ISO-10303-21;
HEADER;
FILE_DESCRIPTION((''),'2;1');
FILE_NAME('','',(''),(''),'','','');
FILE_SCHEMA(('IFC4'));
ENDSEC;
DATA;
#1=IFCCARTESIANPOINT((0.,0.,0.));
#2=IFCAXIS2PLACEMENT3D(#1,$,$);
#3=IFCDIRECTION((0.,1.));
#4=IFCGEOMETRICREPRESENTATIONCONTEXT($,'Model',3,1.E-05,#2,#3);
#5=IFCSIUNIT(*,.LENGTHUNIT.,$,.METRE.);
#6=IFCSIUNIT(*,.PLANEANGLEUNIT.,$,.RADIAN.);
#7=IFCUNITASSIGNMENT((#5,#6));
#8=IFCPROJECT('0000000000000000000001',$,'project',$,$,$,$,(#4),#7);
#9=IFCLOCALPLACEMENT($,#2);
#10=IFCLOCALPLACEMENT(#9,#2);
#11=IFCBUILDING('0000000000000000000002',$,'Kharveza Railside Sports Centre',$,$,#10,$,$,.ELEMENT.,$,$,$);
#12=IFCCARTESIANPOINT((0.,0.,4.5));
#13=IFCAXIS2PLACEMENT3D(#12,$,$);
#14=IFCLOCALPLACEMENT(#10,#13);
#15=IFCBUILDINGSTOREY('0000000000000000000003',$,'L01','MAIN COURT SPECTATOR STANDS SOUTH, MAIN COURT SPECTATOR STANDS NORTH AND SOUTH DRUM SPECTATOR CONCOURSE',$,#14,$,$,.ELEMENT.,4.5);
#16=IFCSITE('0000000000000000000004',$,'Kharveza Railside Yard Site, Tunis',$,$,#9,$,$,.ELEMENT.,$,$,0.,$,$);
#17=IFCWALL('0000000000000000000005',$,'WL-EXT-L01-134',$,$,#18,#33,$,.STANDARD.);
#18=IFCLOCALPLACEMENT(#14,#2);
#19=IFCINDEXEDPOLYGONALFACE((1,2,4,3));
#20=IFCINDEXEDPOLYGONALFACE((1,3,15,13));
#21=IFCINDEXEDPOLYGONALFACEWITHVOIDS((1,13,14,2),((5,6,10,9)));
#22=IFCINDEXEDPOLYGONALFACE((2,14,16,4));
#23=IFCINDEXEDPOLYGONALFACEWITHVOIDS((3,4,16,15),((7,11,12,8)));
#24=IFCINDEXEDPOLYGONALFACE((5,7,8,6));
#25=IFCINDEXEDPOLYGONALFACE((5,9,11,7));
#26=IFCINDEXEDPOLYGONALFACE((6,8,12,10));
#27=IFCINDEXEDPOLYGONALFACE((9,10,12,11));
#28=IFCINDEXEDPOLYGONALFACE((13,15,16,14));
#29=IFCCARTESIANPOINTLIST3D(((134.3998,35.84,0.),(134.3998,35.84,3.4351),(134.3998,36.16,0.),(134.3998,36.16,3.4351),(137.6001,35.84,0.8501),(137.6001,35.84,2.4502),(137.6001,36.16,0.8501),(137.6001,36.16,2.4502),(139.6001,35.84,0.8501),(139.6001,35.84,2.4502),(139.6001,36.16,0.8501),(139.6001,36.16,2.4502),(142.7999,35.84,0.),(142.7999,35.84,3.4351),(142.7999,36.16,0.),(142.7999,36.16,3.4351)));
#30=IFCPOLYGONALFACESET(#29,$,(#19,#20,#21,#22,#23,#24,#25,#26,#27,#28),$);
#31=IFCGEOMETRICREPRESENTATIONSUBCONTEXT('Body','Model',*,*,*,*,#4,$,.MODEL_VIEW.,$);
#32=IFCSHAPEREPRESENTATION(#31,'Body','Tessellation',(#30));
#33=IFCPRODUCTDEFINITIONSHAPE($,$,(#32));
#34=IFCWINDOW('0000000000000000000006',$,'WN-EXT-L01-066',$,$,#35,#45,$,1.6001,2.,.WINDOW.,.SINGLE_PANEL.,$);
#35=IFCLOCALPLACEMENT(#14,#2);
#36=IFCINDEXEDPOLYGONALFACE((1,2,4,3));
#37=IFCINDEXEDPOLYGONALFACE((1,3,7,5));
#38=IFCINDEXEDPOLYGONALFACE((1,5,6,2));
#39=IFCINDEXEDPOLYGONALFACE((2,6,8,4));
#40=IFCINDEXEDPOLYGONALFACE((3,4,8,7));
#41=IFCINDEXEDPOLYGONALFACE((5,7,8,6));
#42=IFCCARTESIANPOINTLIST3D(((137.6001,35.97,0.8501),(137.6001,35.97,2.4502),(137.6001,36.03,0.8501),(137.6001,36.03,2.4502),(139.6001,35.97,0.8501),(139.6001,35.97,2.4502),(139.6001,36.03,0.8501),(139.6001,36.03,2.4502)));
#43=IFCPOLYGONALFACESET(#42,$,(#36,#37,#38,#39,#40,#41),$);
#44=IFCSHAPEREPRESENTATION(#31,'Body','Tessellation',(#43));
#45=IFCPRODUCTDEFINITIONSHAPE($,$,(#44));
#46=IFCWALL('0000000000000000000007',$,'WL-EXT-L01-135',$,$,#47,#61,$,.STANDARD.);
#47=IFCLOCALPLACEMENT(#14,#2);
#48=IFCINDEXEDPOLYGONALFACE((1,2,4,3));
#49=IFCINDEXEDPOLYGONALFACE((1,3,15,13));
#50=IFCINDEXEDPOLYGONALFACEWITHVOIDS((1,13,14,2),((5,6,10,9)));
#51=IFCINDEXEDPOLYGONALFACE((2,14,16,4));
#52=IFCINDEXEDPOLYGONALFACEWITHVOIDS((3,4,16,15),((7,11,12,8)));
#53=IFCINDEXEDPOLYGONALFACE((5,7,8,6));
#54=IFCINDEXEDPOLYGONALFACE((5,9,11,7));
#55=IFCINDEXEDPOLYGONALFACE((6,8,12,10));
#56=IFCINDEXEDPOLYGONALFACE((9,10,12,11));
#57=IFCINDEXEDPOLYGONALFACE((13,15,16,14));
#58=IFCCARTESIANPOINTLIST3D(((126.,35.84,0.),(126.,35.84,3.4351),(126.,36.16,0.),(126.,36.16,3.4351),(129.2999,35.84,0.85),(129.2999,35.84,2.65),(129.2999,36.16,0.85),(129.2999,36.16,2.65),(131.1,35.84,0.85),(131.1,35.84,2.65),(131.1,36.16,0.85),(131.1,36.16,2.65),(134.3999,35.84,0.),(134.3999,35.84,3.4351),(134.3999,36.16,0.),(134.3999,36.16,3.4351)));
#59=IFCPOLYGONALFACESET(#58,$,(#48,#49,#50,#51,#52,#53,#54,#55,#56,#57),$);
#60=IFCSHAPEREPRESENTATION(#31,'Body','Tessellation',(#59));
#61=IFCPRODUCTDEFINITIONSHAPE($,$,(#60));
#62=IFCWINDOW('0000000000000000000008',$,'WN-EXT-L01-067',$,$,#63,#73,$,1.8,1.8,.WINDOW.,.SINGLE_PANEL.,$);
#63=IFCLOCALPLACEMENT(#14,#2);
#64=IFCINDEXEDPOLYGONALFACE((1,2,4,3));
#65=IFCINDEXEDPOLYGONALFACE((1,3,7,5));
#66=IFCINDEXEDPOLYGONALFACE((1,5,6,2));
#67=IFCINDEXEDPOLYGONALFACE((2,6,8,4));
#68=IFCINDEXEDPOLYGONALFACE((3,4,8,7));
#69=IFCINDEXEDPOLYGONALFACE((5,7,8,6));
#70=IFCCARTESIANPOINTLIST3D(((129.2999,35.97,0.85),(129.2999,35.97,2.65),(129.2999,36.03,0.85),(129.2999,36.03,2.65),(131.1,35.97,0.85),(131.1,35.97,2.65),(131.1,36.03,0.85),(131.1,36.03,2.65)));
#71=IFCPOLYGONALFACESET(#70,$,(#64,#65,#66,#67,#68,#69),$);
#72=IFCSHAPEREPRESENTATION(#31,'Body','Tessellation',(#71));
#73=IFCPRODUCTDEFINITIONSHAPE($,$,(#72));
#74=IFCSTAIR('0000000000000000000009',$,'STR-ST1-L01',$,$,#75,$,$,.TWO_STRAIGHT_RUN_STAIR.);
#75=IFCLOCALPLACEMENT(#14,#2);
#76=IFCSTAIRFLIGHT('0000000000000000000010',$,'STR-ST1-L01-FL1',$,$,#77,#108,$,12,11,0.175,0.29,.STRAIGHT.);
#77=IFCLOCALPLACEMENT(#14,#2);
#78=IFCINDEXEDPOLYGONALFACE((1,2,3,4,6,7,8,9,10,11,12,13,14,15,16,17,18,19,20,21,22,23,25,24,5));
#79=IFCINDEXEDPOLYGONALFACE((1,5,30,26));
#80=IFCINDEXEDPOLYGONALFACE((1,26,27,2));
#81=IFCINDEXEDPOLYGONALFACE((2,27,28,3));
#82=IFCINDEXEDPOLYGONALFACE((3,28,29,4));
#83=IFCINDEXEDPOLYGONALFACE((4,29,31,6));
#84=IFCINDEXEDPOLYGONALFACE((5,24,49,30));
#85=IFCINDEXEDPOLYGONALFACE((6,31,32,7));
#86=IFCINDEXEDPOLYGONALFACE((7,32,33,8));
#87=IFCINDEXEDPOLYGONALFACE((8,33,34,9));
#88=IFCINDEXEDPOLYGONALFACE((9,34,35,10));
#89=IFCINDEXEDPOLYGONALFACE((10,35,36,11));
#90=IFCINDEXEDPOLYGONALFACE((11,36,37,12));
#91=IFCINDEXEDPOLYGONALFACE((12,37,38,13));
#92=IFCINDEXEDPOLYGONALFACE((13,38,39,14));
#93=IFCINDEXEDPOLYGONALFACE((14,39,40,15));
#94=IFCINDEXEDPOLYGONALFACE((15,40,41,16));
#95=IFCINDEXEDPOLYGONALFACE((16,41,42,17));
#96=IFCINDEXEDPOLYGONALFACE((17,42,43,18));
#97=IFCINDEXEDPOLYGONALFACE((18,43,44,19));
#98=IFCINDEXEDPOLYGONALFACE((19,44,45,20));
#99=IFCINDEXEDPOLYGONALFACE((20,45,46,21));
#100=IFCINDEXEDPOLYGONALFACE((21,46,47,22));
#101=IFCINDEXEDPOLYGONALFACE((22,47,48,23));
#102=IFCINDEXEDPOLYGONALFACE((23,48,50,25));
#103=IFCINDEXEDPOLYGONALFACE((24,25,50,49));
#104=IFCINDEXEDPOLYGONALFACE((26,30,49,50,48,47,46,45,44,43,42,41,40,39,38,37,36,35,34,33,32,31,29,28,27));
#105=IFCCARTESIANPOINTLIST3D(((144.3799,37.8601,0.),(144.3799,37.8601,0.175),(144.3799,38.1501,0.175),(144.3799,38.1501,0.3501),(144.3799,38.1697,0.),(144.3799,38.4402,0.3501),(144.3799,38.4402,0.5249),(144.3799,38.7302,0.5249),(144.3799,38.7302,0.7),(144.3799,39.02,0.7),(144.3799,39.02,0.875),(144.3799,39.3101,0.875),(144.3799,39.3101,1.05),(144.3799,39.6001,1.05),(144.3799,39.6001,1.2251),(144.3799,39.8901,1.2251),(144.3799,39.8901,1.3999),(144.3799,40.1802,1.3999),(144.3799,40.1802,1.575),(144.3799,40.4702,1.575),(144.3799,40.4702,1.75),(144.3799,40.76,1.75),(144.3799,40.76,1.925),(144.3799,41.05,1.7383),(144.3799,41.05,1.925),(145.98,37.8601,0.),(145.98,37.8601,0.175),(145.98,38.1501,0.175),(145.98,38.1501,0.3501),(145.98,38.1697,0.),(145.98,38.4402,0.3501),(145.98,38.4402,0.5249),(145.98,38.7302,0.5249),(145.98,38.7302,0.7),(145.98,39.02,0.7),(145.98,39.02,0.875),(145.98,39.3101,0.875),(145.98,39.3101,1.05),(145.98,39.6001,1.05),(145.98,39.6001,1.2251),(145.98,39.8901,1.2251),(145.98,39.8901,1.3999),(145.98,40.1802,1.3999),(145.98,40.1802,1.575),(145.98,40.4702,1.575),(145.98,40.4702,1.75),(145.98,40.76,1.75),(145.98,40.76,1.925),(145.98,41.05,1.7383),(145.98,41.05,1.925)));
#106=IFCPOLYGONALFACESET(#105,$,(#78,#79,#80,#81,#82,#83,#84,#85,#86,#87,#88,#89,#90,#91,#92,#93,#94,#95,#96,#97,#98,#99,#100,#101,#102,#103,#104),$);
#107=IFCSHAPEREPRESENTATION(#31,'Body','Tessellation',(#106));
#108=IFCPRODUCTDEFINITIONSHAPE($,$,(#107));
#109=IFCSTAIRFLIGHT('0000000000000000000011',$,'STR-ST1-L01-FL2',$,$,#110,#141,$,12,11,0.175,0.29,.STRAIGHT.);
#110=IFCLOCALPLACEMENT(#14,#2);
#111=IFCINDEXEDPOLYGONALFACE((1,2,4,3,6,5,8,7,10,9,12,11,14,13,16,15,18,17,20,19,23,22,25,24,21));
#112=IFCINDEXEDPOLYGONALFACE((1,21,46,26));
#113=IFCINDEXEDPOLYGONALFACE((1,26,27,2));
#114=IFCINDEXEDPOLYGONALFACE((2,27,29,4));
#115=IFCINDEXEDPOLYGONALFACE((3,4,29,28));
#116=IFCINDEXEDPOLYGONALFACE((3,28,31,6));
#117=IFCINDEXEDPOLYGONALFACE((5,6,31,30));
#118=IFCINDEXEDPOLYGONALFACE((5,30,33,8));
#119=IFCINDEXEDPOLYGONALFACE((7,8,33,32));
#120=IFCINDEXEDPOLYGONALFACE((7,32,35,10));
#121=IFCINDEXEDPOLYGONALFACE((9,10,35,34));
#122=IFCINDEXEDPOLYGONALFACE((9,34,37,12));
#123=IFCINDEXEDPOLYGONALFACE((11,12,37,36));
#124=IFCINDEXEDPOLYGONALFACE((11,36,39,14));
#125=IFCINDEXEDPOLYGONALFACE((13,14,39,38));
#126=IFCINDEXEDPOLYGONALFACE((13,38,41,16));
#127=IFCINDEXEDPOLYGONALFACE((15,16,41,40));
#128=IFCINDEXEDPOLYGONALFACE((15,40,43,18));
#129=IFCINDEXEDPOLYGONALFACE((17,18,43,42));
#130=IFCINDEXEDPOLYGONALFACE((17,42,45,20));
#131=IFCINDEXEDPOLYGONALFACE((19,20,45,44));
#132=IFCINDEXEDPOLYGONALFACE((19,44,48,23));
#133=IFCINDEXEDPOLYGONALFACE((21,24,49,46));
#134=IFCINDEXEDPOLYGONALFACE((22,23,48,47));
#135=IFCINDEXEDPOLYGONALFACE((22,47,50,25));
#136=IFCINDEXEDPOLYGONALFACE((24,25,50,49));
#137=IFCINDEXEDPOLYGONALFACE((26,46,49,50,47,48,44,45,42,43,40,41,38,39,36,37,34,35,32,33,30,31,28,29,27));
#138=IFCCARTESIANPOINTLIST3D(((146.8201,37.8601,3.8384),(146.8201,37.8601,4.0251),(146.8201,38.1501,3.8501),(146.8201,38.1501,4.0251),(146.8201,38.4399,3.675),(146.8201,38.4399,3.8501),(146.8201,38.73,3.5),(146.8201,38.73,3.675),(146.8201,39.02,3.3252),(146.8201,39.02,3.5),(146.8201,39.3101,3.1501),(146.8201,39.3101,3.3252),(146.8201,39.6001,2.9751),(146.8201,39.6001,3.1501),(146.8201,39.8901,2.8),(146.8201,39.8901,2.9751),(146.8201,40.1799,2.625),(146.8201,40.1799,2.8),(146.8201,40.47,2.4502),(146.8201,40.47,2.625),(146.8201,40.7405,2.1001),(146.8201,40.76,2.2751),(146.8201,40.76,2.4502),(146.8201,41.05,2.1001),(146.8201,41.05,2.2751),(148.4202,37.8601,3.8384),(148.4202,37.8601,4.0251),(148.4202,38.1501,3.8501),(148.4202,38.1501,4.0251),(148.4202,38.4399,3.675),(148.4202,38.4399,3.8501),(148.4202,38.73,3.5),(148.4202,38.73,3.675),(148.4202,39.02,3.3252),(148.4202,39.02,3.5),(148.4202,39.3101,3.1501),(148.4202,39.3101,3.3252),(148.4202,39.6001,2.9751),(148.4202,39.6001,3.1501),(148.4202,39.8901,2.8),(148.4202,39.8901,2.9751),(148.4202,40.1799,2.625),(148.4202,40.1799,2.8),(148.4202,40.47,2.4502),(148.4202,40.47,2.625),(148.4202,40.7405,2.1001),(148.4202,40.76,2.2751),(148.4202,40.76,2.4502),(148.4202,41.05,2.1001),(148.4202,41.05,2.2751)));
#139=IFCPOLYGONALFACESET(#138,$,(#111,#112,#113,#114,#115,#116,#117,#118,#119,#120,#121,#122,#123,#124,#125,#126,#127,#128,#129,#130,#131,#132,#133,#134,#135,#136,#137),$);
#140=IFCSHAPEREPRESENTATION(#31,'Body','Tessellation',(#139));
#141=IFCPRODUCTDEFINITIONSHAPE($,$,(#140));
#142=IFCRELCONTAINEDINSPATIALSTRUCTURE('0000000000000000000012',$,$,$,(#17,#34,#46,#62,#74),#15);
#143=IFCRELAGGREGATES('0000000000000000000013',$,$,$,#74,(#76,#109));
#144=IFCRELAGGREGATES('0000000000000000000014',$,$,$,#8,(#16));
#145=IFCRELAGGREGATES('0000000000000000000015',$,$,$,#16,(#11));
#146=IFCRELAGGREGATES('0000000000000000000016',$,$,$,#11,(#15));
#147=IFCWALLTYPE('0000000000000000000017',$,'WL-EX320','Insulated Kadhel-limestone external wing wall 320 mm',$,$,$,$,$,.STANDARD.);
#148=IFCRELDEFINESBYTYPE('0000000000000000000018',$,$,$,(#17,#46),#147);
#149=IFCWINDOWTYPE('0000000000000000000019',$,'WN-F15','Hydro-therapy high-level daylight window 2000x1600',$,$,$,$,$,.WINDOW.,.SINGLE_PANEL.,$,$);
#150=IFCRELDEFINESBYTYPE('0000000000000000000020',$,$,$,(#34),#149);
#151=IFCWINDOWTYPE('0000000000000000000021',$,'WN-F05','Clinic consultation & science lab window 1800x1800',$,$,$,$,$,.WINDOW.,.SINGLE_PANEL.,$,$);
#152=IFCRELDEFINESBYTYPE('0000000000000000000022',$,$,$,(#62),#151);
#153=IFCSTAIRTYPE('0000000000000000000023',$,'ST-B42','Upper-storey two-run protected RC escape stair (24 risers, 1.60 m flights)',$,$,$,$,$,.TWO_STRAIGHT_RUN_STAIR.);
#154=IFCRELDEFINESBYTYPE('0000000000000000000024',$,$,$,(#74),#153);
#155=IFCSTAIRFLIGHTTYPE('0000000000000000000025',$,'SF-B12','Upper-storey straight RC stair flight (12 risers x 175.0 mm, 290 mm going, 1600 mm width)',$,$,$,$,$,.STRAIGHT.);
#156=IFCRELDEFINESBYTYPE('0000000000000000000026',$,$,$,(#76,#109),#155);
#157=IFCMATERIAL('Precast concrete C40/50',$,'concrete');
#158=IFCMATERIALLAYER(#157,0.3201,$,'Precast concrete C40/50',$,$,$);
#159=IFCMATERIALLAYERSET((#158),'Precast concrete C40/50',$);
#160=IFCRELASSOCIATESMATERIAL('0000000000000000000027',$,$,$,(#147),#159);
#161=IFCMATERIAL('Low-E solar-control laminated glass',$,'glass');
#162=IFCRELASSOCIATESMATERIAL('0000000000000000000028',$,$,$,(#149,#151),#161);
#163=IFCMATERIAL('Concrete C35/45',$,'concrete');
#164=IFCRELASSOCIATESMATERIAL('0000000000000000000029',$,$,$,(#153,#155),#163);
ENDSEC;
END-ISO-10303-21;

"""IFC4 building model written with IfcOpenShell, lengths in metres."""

from ifc_helpers import new_model, si_unit, direction, frame, frame_2d, origin, place, context, subcontext, project, spatial, polyline, rectangle, outline, extrude, material, layer, layer_set, type_object, element, fill, aggregate, save


model = new_model("IFC4")

# Units and contexts
model_context = context("Model", 3, precision=1e-05, world=origin(), true_north=direction((0.0, 1.0)))
body_context = subcontext(model_context, "Body", "Model", "MODEL_VIEW")
ifc_project = project(units=[si_unit("LENGTHUNIT", "METRE"), si_unit("PLANEANGLEUNIT", "RADIAN")], contexts=[model_context])

# Site, building, storey
site_placement = place(None, origin())
site = spatial("IfcSite", under=ifc_project, at=site_placement, Name="Kharveza Railside Yard Site, Tunis", CompositionType="ELEMENT", RefElevation=0.0)
building_placement = place(site_placement, origin())
building = spatial("IfcBuilding", under=site, at=building_placement, Name="Kharveza Railside Sports Centre", CompositionType="ELEMENT")
storey_placement = place(building_placement, frame((0.0, 0.0, 4.5)))
storey = spatial("IfcBuildingStorey", under=building, at=storey_placement, Name="L01", Description="MAIN COURT SPECTATOR STANDS SOUTH, MAIN COURT SPECTATOR STANDS NORTH AND SOUTH DRUM SPECTATOR CONCOURSE", CompositionType="ELEMENT", Elevation=4.5)

# Shared definitions
ifc_material_1 = material(Name="Concrete C35/45", Category="concrete")

# Walls, openings, windows
ifc_material_2 = material(Name="Precast concrete C40/50", Category="concrete")
ifc_layer_1 = layer(ifc_material_2, 0.3201, Name="Precast concrete C40/50")
ifc_layer_set_1 = layer_set([ifc_layer_1], Name="Precast concrete C40/50")
wall_type_1 = type_object("IfcWallType", Name="WL-EX320", Description="Insulated Kadhel-limestone external wing wall 320 mm", PredefinedType="STANDARD", material=ifc_layer_set_1)
ifc_material_3 = material(Name="Low-E solar-control laminated glass", Category="glass")
wall_1_placement = place(storey_placement, frame((142.8, 36.0, 0.0), z_axis=(0.0, 0.0, 1.0), x_axis=(-1.0, 0.0, 0.0)))
wall_1 = element("IfcWall", 1, at=wall_1_placement, inside=storey, type_object=wall_type_1, Name="WL-EXT-L01-134", PredefinedType="STANDARD", context=body_context, shape_type="SweptSolid", body=[
    extrude(rectangle(XDim=8.4001, YDim=0.3201, at=frame_2d((4.2002, 0.0))), origin(), (0.0, 0.0, 1.0), 3.4351),
])
opening_1_placement = place(wall_1_placement, frame((3.2, 0.0, 0.8501)))
opening_1 = element("IfcOpeningElement", 2, at=opening_1_placement, cuts=wall_1, PredefinedType="OPENING", context=body_context, shape_type="SweptSolid", body=[
    extrude(rectangle(XDim=2.0, YDim=1.6001, at=frame_2d((1.0, 0.8))), frame((0.0, 0.1851, 0.0), z_axis=(0.0, -1.0, 0.0), x_axis=(1.0, 0.0, 0.0)), (0.0, 0.0, 1.0), 0.3699),
])
window_type_1 = type_object("IfcWindowType", Name="WN-F15", Description="Hydro-therapy high-level daylight window 2000x1600", PartitioningType="SINGLE_PANEL", PredefinedType="WINDOW", material=ifc_material_3)
window_1_placement = place(opening_1_placement, origin())
window_1 = element("IfcWindow", 3, at=window_1_placement, inside=storey, type_object=window_type_1, Name="WN-EXT-L01-066", OverallHeight=1.6001, OverallWidth=2.0, PartitioningType="SINGLE_PANEL", PredefinedType="WINDOW", context=body_context, shape_type="SweptSolid", body=[
    extrude(rectangle(XDim=2.0, YDim=1.6001, at=frame_2d((1.0, 0.8))), frame((0.0, 0.03, 0.0), z_axis=(0.0, -1.0, 0.0), x_axis=(1.0, 0.0, 0.0)), (0.0, 0.0, 1.0), 0.0601),
])
fill(opening_1, window_1)
wall_2_placement = place(storey_placement, frame((134.3999, 36.0, 0.0), z_axis=(0.0, 0.0, 1.0), x_axis=(-1.0, 0.0, 0.0)))
wall_2 = element("IfcWall", 4, at=wall_2_placement, inside=storey, type_object=wall_type_1, Name="WL-EXT-L01-135", PredefinedType="STANDARD", context=body_context, shape_type="SweptSolid", body=[
    extrude(rectangle(XDim=8.3999, YDim=0.3201, at=frame_2d((4.2, 0.0))), origin(), (0.0, 0.0, 1.0), 3.4351),
])
opening_2_placement = place(wall_2_placement, frame((3.3, 0.0, 0.8501)))
opening_2 = element("IfcOpeningElement", 5, at=opening_2_placement, cuts=wall_2, PredefinedType="OPENING", context=body_context, shape_type="SweptSolid", body=[
    extrude(rectangle(XDim=1.8, YDim=1.8, at=frame_2d((0.8999, 0.8999))), frame((0.0, 0.1851, 0.0), z_axis=(0.0, -1.0, 0.0), x_axis=(1.0, 0.0, 0.0)), (0.0, 0.0, 1.0), 0.3699),
])
window_type_2 = type_object("IfcWindowType", Name="WN-F05", Description="Clinic consultation & science lab window 1800x1800", PartitioningType="SINGLE_PANEL", PredefinedType="WINDOW", material=ifc_material_3)
window_2_placement = place(opening_2_placement, origin())
window_2 = element("IfcWindow", 6, at=window_2_placement, inside=storey, type_object=window_type_2, Name="WN-EXT-L01-067", OverallHeight=1.8, OverallWidth=1.8, PartitioningType="SINGLE_PANEL", PredefinedType="WINDOW", context=body_context, shape_type="SweptSolid", body=[
    extrude(rectangle(XDim=1.8, YDim=1.8, at=frame_2d((0.8999, 0.8999))), frame((0.0, 0.03, 0.0), z_axis=(0.0, -1.0, 0.0), x_axis=(1.0, 0.0, 0.0)), (0.0, 0.0, 1.0), 0.0601),
])
fill(opening_2, window_2)

# Stair, stair flights
stair_type = type_object("IfcStairType", Name="ST-B42", Description="Upper-storey two-run protected RC escape stair (24 risers, 1.60 m flights)", PredefinedType="TWO_STRAIGHT_RUN_STAIR", material=ifc_material_1)
stair_placement = place(storey_placement, origin())
stair = element("IfcStair", 7, at=stair_placement, inside=storey, type_object=stair_type, Name="STR-ST1-L01", PredefinedType="TWO_STRAIGHT_RUN_STAIR")
stair_flight_type = type_object("IfcStairFlightType", Name="SF-B12", Description="Upper-storey straight RC stair flight (12 risers x 175.0 mm, 290 mm going, 1600 mm width)", PredefinedType="STRAIGHT", material=ifc_material_1)
stair_flight_1_placement = place(storey_placement, frame((145.1799, 37.8601, 0.0), z_axis=(0.0, 0.0, 1.0), x_axis=(0.0, 1.0, 0.0)))
stair_flight_1 = element("IfcStairFlight", 8, at=stair_flight_1_placement, type_object=stair_flight_type, Name="STR-ST1-L01-FL1", NumberOfRisers=12, NumberOfTreads=11, PredefinedType="STRAIGHT", RiserHeight=0.175, TreadLength=0.29, context=body_context, shape_type="SweptSolid", body=[
    extrude(outline(polyline([(0.0, 0.0), (0.0, 0.175), (0.29, 0.175), (0.29, 0.3501), (0.5801, 0.3501), (0.5801, 0.5249), (0.8701, 0.5249), (0.8701, 0.7), (1.1599, 0.7), (1.1599, 0.875), (1.45, 0.875), (1.45, 1.05), (1.74, 1.05), (1.74, 1.2251), (2.03, 1.2251), (2.03, 1.3999), (2.3201, 1.3999), (2.3201, 1.575), (2.6101, 1.575), (2.6101, 1.75), (2.8999, 1.75), (2.8999, 1.925), (3.1899, 1.925), (3.1899, 2.1001), (3.1899, 1.7383), (0.3096, 0.0), (0.0, 0.0)])), frame((0.0, 0.8, 0.0), z_axis=(0.0, -1.0, 0.0), x_axis=(1.0, 0.0, 0.0)), (0.0, 0.0, 1.0), 1.6001),
])
stair_flight_2_placement = place(storey_placement, frame((147.6201, 41.05, 2.1001), z_axis=(0.0, 0.0, 1.0), x_axis=(0.0, -1.0, 0.0)))
stair_flight_2 = element("IfcStairFlight", 9, at=stair_flight_2_placement, type_object=stair_flight_type, Name="STR-ST1-L01-FL2", NumberOfRisers=12, NumberOfTreads=11, PredefinedType="STRAIGHT", RiserHeight=0.175, TreadLength=0.29, context=body_context, shape_type="SweptSolid", body=[
    extrude(outline(polyline([(0.0, 0.0), (0.0, 0.175), (0.29, 0.175), (0.29, 0.3501), (0.5801, 0.3501), (0.5801, 0.5249), (0.8701, 0.5249), (0.8701, 0.7), (1.1599, 0.7), (1.1599, 0.875), (1.45, 0.875), (1.45, 1.05), (1.74, 1.05), (1.74, 1.2251), (2.03, 1.2251), (2.03, 1.3999), (2.3201, 1.3999), (2.3201, 1.575), (2.6101, 1.575), (2.6101, 1.75), (2.8999, 1.75), (2.8999, 1.925), (3.1899, 1.925), (3.1899, 2.1001), (3.1899, 1.7383), (0.3096, 0.0), (0.0, 0.0)])), frame((0.0, 0.8, 0.0), z_axis=(0.0, -1.0, 0.0), x_axis=(1.0, 0.0, 0.0)), (0.0, 0.0, 1.0), 1.6001),
])
aggregate(stair, [stair_flight_1, stair_flight_2])

save(model, "model.ifc")
